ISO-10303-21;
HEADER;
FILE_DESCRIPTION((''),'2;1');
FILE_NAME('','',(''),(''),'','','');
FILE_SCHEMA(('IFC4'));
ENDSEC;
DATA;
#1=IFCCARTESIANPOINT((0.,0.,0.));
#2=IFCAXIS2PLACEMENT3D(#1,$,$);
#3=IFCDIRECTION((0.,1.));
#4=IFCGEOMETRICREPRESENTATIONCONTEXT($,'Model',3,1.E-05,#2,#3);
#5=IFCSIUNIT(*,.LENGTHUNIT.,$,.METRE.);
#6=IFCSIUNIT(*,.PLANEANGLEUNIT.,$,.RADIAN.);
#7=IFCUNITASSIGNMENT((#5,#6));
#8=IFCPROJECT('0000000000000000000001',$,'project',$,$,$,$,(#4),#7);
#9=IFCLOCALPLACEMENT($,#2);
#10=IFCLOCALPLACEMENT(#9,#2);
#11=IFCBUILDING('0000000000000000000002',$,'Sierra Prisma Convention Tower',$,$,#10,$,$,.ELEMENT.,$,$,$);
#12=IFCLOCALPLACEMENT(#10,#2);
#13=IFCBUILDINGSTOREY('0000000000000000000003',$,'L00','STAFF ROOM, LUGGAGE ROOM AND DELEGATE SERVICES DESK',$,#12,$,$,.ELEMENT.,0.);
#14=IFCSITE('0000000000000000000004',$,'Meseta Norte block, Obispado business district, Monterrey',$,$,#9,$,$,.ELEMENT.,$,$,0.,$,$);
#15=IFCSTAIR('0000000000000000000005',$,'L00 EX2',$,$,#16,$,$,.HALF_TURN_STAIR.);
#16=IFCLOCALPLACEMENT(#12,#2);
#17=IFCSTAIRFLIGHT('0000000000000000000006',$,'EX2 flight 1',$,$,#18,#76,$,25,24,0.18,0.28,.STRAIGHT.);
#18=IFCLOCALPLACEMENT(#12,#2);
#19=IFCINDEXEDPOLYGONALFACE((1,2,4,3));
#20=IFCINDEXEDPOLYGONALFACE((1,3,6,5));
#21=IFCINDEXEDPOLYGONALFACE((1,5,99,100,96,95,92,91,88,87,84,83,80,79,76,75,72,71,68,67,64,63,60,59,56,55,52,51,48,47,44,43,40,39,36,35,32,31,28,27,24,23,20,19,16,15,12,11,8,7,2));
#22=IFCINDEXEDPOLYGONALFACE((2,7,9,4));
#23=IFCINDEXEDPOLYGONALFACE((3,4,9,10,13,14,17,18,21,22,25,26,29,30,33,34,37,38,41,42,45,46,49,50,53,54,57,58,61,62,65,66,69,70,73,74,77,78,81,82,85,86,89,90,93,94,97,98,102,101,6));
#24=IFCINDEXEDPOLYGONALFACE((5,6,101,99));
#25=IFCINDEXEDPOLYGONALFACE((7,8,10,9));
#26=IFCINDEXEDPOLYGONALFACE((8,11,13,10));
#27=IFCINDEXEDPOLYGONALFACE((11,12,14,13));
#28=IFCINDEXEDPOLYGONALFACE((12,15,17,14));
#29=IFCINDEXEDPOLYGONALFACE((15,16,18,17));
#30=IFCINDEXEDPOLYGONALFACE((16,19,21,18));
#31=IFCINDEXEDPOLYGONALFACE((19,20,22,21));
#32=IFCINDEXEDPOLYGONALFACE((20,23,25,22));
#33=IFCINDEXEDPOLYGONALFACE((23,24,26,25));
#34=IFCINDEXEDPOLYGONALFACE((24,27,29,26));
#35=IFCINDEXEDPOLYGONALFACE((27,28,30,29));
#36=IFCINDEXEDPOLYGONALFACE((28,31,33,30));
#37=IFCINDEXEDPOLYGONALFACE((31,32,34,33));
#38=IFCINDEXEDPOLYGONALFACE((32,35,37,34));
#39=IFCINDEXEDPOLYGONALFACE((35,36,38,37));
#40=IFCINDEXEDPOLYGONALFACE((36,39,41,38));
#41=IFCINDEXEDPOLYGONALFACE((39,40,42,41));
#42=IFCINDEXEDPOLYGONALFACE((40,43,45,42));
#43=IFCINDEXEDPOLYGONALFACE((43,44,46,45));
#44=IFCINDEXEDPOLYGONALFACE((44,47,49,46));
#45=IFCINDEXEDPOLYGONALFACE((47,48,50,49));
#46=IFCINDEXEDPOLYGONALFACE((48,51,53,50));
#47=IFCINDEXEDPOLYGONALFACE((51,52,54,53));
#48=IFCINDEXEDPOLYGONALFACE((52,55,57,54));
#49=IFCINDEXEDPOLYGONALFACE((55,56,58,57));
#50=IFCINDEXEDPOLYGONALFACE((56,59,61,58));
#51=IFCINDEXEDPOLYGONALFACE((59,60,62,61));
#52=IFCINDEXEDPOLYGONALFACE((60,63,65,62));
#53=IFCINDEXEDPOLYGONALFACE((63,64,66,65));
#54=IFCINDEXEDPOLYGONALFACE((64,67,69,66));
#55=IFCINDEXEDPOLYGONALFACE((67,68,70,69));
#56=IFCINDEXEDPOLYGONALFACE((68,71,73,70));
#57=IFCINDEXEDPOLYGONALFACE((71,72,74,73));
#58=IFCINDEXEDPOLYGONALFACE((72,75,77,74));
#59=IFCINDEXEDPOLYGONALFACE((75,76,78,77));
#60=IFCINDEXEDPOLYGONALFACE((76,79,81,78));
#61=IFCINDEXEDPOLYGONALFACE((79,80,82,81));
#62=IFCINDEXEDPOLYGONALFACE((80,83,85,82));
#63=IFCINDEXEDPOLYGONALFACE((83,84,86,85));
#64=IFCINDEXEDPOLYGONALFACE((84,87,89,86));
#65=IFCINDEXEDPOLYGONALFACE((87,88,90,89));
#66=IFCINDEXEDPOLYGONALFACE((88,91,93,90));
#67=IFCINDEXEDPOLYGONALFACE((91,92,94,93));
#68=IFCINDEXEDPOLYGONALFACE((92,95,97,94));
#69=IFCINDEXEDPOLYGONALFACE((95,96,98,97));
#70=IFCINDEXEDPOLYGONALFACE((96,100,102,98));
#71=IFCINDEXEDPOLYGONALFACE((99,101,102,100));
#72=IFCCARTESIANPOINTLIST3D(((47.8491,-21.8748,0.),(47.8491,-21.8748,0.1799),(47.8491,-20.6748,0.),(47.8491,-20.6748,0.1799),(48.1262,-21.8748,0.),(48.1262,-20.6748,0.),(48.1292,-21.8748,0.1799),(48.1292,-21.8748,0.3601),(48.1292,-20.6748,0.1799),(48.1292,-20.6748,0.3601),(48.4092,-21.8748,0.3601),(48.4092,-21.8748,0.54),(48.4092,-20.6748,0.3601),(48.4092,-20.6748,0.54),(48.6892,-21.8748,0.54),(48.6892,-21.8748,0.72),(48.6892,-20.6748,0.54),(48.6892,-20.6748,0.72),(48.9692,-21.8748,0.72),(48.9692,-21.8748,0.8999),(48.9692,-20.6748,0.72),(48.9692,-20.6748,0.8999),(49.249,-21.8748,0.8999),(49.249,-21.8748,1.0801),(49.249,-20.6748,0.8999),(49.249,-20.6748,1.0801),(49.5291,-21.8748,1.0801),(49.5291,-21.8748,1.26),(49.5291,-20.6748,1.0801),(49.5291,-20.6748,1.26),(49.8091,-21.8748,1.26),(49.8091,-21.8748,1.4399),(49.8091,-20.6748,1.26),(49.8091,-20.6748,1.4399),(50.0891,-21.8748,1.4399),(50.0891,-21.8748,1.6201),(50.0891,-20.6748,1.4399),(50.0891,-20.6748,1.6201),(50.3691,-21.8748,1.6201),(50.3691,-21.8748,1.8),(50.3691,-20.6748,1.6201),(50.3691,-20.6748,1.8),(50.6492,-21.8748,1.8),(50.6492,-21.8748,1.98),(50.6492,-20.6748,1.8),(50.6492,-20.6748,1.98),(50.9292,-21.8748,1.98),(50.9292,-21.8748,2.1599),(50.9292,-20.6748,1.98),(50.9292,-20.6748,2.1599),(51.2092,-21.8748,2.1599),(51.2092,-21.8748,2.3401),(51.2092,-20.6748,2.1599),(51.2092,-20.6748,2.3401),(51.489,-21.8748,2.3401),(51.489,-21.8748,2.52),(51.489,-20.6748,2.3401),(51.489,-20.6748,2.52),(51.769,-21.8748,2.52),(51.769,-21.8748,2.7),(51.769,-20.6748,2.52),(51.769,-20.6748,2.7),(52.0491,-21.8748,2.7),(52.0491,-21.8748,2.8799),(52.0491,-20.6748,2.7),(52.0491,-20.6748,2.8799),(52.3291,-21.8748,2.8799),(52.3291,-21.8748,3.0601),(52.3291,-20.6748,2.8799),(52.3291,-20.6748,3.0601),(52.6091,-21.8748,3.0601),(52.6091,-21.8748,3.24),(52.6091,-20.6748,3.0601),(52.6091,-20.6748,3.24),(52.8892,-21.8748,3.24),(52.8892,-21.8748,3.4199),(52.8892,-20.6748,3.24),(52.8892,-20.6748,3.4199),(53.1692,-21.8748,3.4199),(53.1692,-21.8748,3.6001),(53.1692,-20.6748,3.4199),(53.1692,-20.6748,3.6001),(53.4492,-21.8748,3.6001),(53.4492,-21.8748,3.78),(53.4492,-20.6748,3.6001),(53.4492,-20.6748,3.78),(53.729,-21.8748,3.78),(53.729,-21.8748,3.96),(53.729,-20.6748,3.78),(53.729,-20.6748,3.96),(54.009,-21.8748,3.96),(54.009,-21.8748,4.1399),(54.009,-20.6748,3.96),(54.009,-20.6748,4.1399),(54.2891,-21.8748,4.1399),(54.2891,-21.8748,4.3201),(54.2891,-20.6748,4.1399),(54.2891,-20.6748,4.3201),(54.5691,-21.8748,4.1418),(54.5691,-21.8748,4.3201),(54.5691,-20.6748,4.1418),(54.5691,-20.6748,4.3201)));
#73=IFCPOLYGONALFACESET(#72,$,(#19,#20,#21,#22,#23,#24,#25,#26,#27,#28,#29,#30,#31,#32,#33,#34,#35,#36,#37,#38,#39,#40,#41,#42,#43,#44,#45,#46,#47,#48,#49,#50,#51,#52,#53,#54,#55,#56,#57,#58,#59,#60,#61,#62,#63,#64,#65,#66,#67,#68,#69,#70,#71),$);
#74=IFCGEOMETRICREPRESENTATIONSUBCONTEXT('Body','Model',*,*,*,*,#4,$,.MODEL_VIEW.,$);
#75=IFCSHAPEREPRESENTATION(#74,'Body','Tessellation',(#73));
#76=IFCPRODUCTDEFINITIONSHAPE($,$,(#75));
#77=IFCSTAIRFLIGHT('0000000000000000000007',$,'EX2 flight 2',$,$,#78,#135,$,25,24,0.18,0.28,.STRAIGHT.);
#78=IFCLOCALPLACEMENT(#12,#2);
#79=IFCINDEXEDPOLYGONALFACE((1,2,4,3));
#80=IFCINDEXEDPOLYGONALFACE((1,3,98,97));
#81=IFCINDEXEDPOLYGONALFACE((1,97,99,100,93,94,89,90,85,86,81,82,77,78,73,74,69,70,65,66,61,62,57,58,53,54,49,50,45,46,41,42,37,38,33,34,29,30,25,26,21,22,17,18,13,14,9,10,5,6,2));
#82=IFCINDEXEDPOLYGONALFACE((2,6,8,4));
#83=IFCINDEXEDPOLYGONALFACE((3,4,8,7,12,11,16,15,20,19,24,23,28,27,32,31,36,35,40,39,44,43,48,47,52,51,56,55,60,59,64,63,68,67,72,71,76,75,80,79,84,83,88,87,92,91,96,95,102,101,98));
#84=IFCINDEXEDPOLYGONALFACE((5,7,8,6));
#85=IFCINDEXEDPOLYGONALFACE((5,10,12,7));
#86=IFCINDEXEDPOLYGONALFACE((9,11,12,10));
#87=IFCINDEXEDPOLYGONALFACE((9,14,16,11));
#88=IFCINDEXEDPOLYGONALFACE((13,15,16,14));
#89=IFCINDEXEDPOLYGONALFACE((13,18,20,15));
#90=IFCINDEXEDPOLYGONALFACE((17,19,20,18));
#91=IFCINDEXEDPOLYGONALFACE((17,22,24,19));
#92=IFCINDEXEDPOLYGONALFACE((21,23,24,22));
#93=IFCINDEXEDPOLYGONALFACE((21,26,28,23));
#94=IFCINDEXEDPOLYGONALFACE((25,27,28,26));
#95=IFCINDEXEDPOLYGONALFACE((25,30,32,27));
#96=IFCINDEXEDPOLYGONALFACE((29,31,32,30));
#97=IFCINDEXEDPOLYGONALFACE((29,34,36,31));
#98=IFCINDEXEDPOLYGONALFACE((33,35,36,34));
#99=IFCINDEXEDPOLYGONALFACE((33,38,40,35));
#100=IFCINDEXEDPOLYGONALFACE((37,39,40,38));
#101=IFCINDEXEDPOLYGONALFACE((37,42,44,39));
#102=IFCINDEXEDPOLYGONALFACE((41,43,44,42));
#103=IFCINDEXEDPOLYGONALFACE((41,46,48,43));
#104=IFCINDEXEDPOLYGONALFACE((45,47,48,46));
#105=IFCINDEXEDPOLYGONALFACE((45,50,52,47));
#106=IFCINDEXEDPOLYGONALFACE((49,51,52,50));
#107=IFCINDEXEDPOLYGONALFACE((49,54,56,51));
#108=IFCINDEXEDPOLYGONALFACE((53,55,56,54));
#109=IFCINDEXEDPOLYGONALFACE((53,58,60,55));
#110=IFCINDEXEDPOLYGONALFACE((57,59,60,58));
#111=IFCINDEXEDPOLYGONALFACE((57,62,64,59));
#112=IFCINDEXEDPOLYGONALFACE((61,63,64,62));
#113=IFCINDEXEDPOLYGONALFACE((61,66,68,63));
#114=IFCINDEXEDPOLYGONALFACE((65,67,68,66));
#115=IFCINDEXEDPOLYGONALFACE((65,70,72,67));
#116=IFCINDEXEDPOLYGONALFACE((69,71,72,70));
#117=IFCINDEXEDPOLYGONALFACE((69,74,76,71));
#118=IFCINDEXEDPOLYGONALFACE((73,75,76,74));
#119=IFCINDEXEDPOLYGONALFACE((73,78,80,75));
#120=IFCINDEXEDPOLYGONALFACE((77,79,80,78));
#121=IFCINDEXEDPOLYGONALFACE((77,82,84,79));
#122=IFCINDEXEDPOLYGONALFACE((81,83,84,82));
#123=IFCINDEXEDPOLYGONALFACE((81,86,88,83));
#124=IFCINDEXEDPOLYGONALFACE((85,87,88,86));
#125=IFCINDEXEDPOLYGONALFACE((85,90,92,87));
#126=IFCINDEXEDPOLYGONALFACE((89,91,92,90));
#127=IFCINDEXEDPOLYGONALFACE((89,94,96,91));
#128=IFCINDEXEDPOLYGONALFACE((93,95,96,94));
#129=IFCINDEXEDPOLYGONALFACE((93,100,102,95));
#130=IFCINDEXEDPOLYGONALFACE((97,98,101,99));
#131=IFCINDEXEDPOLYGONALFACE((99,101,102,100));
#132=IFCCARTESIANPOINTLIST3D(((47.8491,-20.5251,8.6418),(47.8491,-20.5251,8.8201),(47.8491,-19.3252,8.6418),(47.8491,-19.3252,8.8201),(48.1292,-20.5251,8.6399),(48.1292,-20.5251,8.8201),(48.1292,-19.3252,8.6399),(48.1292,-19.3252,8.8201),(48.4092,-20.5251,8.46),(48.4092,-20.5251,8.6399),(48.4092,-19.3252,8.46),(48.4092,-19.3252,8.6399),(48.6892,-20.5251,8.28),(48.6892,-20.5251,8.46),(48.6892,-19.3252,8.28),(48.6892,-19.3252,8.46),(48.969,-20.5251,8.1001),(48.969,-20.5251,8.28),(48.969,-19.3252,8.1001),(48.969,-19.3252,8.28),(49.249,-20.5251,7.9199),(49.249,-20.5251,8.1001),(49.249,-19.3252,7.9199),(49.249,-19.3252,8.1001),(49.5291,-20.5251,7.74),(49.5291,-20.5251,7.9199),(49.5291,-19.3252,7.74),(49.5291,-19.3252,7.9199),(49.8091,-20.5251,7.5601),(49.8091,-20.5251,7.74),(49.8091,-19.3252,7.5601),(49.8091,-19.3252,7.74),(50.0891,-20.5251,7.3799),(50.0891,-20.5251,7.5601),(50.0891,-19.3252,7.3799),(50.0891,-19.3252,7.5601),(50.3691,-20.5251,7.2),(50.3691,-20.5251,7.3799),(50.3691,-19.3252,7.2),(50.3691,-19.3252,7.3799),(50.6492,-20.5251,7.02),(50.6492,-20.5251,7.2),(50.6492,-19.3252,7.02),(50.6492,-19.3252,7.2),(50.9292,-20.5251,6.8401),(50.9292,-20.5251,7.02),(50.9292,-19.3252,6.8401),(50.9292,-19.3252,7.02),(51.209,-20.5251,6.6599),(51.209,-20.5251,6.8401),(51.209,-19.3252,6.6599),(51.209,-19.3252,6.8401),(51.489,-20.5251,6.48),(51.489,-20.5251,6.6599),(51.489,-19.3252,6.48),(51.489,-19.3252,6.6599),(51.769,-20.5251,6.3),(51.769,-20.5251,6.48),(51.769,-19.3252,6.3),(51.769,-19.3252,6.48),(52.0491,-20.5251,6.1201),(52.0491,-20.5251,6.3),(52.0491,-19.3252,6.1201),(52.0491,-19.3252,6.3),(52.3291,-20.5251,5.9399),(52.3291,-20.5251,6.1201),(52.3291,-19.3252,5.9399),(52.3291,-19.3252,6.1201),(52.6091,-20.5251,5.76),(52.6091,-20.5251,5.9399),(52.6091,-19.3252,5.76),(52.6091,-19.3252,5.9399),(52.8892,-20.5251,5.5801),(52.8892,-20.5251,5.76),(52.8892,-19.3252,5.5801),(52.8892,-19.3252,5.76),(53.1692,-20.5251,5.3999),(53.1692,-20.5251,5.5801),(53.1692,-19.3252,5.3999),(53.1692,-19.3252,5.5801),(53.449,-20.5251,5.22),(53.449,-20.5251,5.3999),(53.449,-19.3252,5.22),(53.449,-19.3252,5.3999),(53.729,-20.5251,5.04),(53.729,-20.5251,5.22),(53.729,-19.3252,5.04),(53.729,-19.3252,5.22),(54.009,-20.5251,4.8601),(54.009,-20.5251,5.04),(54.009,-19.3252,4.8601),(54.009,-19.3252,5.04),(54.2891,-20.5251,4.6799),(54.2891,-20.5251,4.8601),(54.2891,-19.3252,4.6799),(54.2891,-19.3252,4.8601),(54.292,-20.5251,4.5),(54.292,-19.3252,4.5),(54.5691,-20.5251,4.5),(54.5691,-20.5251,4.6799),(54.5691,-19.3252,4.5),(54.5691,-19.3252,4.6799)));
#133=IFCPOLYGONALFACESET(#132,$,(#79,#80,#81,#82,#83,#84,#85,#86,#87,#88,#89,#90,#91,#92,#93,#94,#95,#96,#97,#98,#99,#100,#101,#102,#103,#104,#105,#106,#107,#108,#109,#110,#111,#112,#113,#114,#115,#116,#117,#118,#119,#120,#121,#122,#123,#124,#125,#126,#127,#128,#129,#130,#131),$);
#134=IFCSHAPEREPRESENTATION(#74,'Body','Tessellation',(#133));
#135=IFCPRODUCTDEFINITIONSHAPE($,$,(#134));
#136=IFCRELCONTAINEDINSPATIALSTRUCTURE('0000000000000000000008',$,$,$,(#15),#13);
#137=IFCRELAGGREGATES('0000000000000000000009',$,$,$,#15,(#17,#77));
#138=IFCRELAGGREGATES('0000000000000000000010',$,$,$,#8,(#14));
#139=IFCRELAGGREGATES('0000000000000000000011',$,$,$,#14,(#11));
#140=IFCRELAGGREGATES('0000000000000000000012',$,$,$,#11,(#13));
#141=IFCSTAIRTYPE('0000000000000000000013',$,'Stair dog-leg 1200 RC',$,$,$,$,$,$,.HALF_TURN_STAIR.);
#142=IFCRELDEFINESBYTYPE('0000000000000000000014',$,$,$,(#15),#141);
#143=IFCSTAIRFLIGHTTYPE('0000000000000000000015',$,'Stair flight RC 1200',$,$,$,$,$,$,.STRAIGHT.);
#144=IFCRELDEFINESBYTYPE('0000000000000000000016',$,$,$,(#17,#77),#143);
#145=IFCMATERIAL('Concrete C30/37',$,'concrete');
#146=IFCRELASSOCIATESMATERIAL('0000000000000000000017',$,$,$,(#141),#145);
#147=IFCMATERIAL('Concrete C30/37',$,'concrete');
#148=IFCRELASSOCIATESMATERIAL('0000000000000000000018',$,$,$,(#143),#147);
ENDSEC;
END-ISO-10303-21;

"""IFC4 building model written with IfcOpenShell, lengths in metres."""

from ifc_helpers import new_model, si_unit, direction, frame, origin, place, context, subcontext, project, spatial, polyline, outline, extrude, material, type_object, element, aggregate, save


model = new_model("IFC4")

# Units and contexts
model_context = context("Model", 3, precision=1e-05, world=origin(), true_north=direction((0.0, 1.0)))
body_context = subcontext(model_context, "Body", "Model", "MODEL_VIEW")
ifc_project = project(units=[si_unit("LENGTHUNIT", "METRE"), si_unit("PLANEANGLEUNIT", "RADIAN")], contexts=[model_context])

# Site, building, storey
site_placement = place(None, origin())
site = spatial("IfcSite", under=ifc_project, at=site_placement, Name="Meseta Norte block, Obispado business district, Monterrey", CompositionType="ELEMENT", RefElevation=0.0)
building_placement = place(site_placement, origin())
building = spatial("IfcBuilding", under=site, at=building_placement, Name="Sierra Prisma Convention Tower", CompositionType="ELEMENT")
storey_placement = place(building_placement, origin())
storey = spatial("IfcBuildingStorey", under=building, at=storey_placement, Name="L00", Description="STAFF ROOM, LUGGAGE ROOM AND DELEGATE SERVICES DESK", CompositionType="ELEMENT", Elevation=0.0)

# Stair, stair flights
ifc_material_1 = material(Name="Concrete C30/37", Category="concrete")
stair_type = type_object("IfcStairType", Name="Stair dog-leg 1200 RC", PredefinedType="HALF_TURN_STAIR", material=ifc_material_1)
stair_placement = place(storey_placement, origin())
stair = element("IfcStair", 1, at=stair_placement, inside=storey, type_object=stair_type, Name="L00 EX2", PredefinedType="HALF_TURN_STAIR")
ifc_material_2 = material(Name="Concrete C30/37", Category="concrete")
stair_flight_type = type_object("IfcStairFlightType", Name="Stair flight RC 1200", PredefinedType="STRAIGHT", material=ifc_material_2)
stair_flight_1_placement = place(storey_placement, frame((47.8491, -21.2749, 0.0), z_axis=(0.0, 0.0, 1.0), x_axis=(1.0, 0.0, 0.0)))
stair_flight_1 = element("IfcStairFlight", 2, at=stair_flight_1_placement, type_object=stair_flight_type, Name="EX2 flight 1", NumberOfRisers=25, NumberOfTreads=24, PredefinedType="STRAIGHT", RiserHeight=0.18, TreadLength=0.28, context=body_context, shape_type="SweptSolid", body=[
    extrude(outline(polyline([(0.0, 0.0), (0.0, 0.1799), (0.28, 0.1799), (0.28, 0.3601), (0.5601, 0.3601), (0.5601, 0.54), (0.8401, 0.54), (0.8401, 0.72), (1.1201, 0.72), (1.1201, 0.8999), (1.3999, 0.8999), (1.3999, 1.0801), (1.6799, 1.0801), (1.6799, 1.26), (1.96, 1.26), (1.96, 1.4399), (2.24, 1.4399), (2.24, 1.6201), (2.52, 1.6201), (2.52, 1.8), (2.8, 1.8), (2.8, 1.98), (3.0801, 1.98), (3.0801, 2.1599), (3.3601, 2.1599), (3.3601, 2.3401), (3.6399, 2.3401), (3.6399, 2.52), (3.9199, 2.52), (3.9199, 2.7), (4.2, 2.7), (4.2, 2.8799), (4.48, 2.8799), (4.48, 3.0601), (4.76, 3.0601), (4.76, 3.24), (5.04, 3.24), (5.04, 3.4199), (5.3201, 3.4199), (5.3201, 3.6001), (5.6001, 3.6001), (5.6001, 3.78), (5.8799, 3.78), (5.8799, 3.96), (6.1599, 3.96), (6.1599, 4.1399), (6.4399, 4.1399), (6.4399, 4.3201), (6.72, 4.3201), (6.72, 4.5), (6.72, 4.1418), (0.2771, 0.0), (0.0, 0.0)])), frame((0.0, 0.6001, 0.0), z_axis=(0.0, -1.0, 0.0), x_axis=(1.0, 0.0, 0.0)), (0.0, 0.0, 1.0), 1.2),
])
stair_flight_2_placement = place(storey_placement, frame((54.5691, -19.925, 4.5), z_axis=(0.0, 0.0, 1.0), x_axis=(-1.0, 0.0, 0.0)))
stair_flight_2 = element("IfcStairFlight", 3, at=stair_flight_2_placement, type_object=stair_flight_type, Name="EX2 flight 2", NumberOfRisers=25, NumberOfTreads=24, PredefinedType="STRAIGHT", RiserHeight=0.18, TreadLength=0.28, context=body_context, shape_type="SweptSolid", body=[
    extrude(outline(polyline([(0.0, 0.0), (0.0, 0.1799), (0.28, 0.1799), (0.28, 0.3601), (0.5601, 0.3601), (0.5601, 0.54), (0.8401, 0.54), (0.8401, 0.72), (1.1201, 0.72), (1.1201, 0.8999), (1.3999, 0.8999), (1.3999, 1.0801), (1.6799, 1.0801), (1.6799, 1.26), (1.96, 1.26), (1.96, 1.4399), (2.24, 1.4399), (2.24, 1.6201), (2.52, 1.6201), (2.52, 1.8), (2.8, 1.8), (2.8, 1.98), (3.0801, 1.98), (3.0801, 2.1599), (3.3601, 2.1599), (3.3601, 2.3401), (3.6399, 2.3401), (3.6399, 2.52), (3.9199, 2.52), (3.9199, 2.7), (4.2, 2.7), (4.2, 2.8799), (4.48, 2.8799), (4.48, 3.0601), (4.76, 3.0601), (4.76, 3.24), (5.04, 3.24), (5.04, 3.4199), (5.3201, 3.4199), (5.3201, 3.6001), (5.6001, 3.6001), (5.6001, 3.78), (5.8799, 3.78), (5.8799, 3.96), (6.1599, 3.96), (6.1599, 4.1399), (6.4399, 4.1399), (6.4399, 4.3201), (6.72, 4.3201), (6.72, 4.5), (6.72, 4.1418), (0.2771, 0.0), (0.0, 0.0)])), frame((0.0, 0.6001, 0.0), z_axis=(0.0, -1.0, 0.0), x_axis=(1.0, 0.0, 0.0)), (0.0, 0.0, 1.0), 1.2),
])
aggregate(stair, [stair_flight_1, stair_flight_2])

save(model, "model.ifc")
